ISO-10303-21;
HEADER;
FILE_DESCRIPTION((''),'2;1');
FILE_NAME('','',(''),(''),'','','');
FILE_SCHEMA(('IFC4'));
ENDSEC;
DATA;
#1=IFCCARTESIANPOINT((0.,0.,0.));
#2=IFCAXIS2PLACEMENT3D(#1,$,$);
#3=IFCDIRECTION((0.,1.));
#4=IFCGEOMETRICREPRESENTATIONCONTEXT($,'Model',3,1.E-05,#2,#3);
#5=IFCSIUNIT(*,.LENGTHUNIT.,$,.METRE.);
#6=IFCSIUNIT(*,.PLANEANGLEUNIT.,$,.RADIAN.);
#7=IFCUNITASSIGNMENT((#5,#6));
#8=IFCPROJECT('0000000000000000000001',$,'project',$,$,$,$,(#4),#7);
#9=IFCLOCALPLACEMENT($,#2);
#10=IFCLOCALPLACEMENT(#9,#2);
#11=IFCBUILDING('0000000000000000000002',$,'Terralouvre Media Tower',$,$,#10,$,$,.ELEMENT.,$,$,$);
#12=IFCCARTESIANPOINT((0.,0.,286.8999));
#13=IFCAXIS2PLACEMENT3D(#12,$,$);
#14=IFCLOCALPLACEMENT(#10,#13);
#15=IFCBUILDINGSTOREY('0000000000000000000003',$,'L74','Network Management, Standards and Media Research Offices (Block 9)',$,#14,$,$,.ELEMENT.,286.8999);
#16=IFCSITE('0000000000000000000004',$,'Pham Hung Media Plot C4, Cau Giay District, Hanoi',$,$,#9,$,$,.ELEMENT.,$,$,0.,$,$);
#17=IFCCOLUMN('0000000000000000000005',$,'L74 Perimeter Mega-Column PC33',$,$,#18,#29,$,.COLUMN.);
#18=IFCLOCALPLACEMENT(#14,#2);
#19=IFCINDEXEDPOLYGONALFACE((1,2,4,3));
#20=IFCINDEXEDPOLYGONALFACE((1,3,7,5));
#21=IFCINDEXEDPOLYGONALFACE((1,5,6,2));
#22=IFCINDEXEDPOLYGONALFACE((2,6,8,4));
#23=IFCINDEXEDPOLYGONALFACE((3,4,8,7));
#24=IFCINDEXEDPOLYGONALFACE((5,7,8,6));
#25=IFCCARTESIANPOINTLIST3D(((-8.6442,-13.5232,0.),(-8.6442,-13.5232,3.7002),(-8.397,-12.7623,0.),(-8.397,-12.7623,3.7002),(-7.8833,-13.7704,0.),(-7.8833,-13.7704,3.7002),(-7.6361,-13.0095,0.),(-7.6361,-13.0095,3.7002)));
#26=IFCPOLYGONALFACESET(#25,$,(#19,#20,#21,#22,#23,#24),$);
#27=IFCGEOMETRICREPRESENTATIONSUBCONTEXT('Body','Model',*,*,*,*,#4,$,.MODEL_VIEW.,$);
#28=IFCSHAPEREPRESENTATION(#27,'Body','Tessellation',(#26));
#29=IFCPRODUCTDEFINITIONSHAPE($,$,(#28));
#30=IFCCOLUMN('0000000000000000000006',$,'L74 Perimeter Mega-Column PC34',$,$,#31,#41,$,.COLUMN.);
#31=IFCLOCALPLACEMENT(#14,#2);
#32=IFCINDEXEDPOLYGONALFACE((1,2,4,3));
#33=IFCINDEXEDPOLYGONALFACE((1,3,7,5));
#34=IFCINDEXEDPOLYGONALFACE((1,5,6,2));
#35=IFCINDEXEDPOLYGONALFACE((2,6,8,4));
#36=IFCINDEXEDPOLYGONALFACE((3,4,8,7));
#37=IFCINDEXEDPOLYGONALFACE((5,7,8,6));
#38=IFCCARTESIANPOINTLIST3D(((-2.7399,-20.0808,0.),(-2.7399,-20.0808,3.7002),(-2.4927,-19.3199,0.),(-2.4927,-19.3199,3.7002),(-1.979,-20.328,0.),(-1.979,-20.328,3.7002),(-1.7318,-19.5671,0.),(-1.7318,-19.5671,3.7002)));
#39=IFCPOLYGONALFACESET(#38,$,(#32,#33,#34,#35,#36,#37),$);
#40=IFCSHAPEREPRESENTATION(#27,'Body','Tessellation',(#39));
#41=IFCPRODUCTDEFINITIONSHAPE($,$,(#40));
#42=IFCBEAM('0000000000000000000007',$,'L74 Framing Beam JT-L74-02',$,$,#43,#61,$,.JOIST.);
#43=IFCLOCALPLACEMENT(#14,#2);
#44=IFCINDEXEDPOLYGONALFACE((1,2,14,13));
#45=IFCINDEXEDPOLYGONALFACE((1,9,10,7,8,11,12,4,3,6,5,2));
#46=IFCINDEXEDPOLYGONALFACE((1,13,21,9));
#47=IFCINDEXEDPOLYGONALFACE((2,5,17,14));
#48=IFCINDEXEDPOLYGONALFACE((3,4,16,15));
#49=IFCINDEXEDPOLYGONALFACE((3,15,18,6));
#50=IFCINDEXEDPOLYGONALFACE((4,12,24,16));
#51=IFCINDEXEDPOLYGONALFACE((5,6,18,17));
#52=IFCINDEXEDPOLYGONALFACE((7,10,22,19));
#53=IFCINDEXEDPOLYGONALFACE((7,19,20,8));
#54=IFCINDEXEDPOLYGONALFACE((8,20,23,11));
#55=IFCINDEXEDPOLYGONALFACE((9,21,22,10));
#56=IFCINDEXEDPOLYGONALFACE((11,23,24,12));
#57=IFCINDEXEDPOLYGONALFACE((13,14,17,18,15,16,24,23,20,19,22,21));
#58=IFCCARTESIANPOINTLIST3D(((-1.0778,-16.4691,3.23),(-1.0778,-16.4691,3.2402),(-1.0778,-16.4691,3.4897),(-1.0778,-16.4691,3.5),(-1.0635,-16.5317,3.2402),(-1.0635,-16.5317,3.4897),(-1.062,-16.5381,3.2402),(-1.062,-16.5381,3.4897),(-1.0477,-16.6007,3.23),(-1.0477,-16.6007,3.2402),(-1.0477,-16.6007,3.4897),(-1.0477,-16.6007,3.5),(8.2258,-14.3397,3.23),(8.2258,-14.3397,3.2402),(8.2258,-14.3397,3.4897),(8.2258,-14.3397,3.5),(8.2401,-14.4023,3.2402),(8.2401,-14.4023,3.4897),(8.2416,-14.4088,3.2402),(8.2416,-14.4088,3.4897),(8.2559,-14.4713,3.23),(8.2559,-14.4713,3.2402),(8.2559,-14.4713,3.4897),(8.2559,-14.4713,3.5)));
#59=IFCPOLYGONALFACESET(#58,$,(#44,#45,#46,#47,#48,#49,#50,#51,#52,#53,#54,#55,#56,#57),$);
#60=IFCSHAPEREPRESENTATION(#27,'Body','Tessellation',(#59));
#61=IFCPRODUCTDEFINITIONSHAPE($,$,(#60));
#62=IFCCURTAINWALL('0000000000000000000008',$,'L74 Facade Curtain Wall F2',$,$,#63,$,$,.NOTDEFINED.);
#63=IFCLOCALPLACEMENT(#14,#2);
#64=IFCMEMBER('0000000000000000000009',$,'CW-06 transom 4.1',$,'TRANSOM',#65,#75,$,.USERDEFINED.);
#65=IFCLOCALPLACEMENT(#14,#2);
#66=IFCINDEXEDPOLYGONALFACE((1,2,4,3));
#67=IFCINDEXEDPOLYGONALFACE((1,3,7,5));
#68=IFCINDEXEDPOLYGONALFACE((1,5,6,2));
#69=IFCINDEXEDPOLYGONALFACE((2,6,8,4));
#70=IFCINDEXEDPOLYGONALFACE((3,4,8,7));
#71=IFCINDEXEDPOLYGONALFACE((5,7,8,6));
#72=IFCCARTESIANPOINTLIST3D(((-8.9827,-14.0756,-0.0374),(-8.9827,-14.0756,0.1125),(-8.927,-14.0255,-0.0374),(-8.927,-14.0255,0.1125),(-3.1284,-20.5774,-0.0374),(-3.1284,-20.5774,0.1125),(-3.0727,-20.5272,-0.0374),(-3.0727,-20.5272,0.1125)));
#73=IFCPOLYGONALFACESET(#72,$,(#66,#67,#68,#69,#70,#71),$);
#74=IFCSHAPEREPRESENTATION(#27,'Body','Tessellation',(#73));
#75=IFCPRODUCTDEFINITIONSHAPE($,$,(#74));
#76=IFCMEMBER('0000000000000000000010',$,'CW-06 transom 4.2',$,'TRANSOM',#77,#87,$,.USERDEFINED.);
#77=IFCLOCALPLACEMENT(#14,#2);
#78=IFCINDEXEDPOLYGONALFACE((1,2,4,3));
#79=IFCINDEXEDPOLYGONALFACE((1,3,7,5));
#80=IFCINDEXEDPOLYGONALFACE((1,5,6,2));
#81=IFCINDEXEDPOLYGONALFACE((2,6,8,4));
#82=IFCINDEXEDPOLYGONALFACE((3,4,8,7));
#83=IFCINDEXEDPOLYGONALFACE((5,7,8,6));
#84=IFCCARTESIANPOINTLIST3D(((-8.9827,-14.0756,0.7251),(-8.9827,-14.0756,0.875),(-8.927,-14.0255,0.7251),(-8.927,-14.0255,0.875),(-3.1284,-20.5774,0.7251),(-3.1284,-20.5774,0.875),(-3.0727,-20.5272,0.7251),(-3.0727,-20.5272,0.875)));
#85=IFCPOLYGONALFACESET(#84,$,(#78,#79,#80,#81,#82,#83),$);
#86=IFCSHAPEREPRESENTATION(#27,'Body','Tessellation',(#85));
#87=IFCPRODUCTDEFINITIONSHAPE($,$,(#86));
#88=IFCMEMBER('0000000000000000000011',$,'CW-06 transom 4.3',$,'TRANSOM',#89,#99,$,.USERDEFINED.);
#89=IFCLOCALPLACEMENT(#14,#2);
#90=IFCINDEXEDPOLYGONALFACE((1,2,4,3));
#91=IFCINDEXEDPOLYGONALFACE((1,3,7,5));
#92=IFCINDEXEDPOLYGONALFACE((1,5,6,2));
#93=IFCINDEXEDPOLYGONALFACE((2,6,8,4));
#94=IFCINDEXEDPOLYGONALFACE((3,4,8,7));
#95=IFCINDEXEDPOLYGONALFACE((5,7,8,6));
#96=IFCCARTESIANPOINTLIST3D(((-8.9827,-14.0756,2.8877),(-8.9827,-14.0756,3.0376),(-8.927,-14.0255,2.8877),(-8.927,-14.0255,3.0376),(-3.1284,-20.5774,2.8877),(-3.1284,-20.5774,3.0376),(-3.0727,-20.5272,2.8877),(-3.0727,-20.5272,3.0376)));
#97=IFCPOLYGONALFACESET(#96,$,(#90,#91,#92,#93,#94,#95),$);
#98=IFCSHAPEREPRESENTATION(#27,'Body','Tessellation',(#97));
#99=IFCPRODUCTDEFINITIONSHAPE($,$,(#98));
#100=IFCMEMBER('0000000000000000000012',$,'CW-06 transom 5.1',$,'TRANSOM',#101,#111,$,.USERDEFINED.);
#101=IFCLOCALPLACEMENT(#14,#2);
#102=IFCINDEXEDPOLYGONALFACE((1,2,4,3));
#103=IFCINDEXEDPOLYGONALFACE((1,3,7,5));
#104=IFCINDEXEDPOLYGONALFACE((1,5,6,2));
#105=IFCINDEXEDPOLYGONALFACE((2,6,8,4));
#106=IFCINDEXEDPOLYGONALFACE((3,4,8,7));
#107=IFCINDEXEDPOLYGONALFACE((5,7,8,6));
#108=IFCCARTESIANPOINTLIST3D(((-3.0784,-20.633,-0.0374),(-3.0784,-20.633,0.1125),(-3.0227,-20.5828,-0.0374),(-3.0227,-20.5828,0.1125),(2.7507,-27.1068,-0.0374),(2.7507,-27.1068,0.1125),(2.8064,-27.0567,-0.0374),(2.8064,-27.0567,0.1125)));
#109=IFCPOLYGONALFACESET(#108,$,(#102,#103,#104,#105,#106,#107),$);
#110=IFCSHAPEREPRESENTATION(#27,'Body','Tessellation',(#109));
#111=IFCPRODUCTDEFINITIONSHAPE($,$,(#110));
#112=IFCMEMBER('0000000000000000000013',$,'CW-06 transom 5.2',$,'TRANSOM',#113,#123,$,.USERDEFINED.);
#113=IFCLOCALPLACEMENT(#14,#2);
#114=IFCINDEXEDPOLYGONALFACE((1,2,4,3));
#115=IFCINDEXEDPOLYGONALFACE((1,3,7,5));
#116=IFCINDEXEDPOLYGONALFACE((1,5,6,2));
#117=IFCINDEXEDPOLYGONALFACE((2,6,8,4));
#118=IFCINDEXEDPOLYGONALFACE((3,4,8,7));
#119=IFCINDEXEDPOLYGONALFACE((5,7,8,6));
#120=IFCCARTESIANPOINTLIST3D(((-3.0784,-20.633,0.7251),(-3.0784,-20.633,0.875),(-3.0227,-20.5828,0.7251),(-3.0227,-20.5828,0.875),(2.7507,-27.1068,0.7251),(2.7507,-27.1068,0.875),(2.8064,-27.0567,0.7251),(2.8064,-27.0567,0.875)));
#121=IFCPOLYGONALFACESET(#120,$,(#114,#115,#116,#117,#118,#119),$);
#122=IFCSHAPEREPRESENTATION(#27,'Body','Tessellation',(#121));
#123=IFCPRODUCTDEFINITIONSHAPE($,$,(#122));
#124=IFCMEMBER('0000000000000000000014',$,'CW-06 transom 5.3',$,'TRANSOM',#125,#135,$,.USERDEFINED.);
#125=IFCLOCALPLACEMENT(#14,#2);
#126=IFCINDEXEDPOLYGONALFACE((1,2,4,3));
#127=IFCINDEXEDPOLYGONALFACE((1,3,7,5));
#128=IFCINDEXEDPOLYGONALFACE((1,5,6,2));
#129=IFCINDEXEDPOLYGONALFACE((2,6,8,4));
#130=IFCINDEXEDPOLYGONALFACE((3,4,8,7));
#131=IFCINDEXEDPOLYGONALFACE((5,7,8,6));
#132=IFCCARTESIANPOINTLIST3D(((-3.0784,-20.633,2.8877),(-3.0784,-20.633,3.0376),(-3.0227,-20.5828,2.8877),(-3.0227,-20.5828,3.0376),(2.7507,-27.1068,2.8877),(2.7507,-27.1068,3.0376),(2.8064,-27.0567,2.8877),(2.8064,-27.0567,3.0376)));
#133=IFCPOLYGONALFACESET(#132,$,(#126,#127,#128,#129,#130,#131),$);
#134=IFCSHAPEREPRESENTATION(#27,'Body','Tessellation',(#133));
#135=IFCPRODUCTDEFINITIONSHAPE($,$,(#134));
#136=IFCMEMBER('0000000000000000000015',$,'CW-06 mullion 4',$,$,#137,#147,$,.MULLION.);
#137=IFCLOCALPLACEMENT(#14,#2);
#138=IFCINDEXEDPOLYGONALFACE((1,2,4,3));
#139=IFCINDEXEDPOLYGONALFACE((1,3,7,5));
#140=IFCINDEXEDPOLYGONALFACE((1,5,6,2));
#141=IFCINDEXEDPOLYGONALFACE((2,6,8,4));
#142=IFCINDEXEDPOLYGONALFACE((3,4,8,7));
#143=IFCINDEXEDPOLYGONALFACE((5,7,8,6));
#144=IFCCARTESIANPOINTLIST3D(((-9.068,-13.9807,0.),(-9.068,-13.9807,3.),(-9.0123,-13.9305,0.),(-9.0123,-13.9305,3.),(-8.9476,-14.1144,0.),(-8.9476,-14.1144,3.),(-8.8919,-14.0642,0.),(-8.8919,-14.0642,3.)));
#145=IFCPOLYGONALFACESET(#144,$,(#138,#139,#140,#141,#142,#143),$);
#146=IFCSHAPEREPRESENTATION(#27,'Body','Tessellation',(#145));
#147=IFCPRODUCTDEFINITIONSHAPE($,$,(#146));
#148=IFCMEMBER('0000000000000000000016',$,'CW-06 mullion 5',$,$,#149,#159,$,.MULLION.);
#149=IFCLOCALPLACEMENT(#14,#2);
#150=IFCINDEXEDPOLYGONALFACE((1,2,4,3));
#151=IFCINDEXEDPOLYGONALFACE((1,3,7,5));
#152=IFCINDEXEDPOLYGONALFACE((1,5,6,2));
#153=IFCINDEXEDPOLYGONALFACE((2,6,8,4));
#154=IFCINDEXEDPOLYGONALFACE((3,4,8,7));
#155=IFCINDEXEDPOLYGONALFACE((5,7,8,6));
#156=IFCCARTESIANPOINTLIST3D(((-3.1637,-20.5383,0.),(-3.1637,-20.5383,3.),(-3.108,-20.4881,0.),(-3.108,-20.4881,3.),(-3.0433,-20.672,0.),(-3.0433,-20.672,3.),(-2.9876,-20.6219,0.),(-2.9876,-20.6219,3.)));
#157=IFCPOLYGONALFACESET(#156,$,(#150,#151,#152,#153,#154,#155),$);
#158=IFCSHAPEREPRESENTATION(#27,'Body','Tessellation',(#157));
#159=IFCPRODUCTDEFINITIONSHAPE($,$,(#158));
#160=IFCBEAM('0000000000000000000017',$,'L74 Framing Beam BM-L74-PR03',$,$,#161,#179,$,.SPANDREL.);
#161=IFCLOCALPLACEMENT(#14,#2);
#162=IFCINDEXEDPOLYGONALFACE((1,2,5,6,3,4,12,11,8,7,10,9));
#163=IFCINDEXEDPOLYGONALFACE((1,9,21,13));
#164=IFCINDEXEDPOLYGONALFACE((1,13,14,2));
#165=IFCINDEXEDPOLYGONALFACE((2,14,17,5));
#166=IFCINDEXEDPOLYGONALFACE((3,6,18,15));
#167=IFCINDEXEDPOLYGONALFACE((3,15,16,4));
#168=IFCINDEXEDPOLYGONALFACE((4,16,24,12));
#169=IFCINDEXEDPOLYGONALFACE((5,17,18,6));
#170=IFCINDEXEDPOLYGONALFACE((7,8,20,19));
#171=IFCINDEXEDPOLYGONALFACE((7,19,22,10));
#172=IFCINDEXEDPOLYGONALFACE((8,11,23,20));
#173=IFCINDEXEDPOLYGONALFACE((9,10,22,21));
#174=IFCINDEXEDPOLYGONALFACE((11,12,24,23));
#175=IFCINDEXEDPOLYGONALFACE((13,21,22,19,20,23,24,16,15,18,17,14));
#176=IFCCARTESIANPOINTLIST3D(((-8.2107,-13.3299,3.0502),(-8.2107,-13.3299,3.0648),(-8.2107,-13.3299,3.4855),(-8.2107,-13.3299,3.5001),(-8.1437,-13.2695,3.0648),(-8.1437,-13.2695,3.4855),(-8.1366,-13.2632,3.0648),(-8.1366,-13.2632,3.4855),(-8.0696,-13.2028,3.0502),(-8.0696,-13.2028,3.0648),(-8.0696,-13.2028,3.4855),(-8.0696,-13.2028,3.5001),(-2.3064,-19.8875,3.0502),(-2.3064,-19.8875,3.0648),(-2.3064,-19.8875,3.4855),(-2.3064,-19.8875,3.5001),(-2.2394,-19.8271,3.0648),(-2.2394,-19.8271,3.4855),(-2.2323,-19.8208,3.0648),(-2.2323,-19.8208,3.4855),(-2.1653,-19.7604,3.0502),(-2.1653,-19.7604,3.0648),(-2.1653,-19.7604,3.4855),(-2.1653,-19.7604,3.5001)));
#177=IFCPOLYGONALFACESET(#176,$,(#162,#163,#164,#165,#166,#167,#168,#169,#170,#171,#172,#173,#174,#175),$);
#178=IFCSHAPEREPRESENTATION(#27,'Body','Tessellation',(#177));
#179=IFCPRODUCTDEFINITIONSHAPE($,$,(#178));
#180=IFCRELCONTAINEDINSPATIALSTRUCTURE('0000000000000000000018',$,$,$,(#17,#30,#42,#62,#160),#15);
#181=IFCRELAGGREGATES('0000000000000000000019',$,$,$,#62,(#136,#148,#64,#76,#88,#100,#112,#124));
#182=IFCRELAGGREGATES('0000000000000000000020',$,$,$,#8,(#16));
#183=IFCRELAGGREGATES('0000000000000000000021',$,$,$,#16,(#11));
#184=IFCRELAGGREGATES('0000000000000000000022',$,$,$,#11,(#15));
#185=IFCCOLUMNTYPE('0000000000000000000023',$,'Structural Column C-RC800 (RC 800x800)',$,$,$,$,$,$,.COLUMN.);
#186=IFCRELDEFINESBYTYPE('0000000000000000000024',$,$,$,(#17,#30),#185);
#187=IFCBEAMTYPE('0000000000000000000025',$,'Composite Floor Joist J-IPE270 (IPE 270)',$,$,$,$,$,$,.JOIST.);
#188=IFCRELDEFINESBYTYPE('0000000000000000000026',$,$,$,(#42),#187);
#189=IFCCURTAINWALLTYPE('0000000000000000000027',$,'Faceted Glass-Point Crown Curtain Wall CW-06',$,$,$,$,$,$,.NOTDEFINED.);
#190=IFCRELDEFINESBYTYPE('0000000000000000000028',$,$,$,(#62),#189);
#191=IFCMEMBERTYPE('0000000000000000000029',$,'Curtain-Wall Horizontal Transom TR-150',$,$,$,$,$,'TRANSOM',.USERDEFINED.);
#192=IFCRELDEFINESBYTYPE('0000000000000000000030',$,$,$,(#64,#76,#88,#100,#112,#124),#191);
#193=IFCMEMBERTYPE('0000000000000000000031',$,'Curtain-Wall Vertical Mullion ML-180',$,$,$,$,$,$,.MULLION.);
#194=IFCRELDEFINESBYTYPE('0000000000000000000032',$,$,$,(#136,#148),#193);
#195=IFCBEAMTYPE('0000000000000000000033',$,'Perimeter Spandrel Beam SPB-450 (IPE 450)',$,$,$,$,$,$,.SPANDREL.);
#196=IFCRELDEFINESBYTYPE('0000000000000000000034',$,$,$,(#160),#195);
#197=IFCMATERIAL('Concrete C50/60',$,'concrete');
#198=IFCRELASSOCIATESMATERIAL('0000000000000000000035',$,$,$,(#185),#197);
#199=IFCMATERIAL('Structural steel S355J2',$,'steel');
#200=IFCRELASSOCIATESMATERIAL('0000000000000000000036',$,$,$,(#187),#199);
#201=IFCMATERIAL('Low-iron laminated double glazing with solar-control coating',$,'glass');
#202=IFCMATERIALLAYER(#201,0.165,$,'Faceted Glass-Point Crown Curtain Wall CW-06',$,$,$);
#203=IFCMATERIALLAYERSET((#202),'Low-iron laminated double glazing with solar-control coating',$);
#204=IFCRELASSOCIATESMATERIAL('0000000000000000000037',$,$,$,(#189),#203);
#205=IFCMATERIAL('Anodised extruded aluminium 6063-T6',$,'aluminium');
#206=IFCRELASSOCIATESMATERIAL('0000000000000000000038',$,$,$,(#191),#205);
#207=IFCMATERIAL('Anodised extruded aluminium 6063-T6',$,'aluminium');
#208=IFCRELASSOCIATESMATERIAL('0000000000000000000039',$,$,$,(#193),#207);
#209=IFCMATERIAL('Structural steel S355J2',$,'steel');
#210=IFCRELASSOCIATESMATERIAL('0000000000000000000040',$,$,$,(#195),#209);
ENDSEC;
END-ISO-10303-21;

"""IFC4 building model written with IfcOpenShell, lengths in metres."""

from ifc_helpers import new_model, si_unit, direction, frame, origin, origin_2d, place, context, subcontext, project, spatial, rectangle, i_section, extrude, material, layer, layer_set, material_profile, profile_set, type_object, element, aggregate, save


model = new_model("IFC4")

# Units and contexts
model_context = context("Model", 3, precision=1e-05, world=origin(), true_north=direction((0.0, 1.0)))
body_context = subcontext(model_context, "Body", "Model", "MODEL_VIEW")
ifc_project = project(units=[si_unit("LENGTHUNIT", "METRE"), si_unit("PLANEANGLEUNIT", "RADIAN")], contexts=[model_context])

# Site, building, storey
site_placement = place(None, origin())
site = spatial("IfcSite", under=ifc_project, at=site_placement, Name="Pham Hung Media Plot C4, Cau Giay District, Hanoi", CompositionType="ELEMENT", RefElevation=0.0)
building_placement = place(site_placement, origin())
building = spatial("IfcBuilding", under=site, at=building_placement, Name="Terralouvre Media Tower", CompositionType="ELEMENT")
storey_placement = place(building_placement, frame((0.0, 0.0, 286.8999)))
storey = spatial("IfcBuildingStorey", under=building, at=storey_placement, Name="L74", Description="Network Management, Standards and Media Research Offices (Block 9)", CompositionType="ELEMENT", Elevation=286.8999)

# Columns
ifc_material_1 = material(Name="Concrete C50/60", Category="concrete")
ifc_material_profile_1 = material_profile(ifc_material_1, rectangle(XDim=0.8, YDim=0.8, at=origin_2d()), Name="RC 800x800")
ifc_profile_set_1 = profile_set([ifc_material_profile_1], Name="Concrete C50/60")
column_type = type_object("IfcColumnType", Name="Structural Column C-RC800 (RC 800x800)", PredefinedType="COLUMN", material=ifc_profile_set_1)
for number, where, z_axis, x_axis, name in (
    (1, (-8.1401, -13.2664, 0.0), (0.0, 0.0, 1.0), (0.309017, 0.951057, 0.0), "L74 Perimeter Mega-Column PC33"),
    (2, (-2.2358, -19.824, 0.0), (0.0, 0.0, 1.0), (0.309017, 0.951057, 0.0), "L74 Perimeter Mega-Column PC34"),
):
    element("IfcColumn", number, at=place(storey_placement, frame(where, z_axis=z_axis, x_axis=x_axis)), inside=storey, type_object=column_type, Name=name, PredefinedType="COLUMN", context=body_context, shape_type="SweptSolid", body=[
        extrude(rectangle(XDim=0.8, YDim=0.8, at=origin_2d()), origin(), (0.0, 0.0, 1.0), 3.7002),
    ])

# Beam
ifc_material_2 = material(Name="Structural steel S355J2", Category="steel")
ifc_material_profile_2 = material_profile(ifc_material_2, i_section(OverallWidth=0.135, OverallDepth=0.27, WebThickness=0.0066, FlangeThickness=0.0103, at=origin_2d()), Name="IPE 270")
ifc_profile_set_2 = profile_set([ifc_material_profile_2], Name="Structural steel S355J2")
beam_type_1 = type_object("IfcBeamType", Name="Composite Floor Joist J-IPE270 (IPE 270)", PredefinedType="JOIST", material=ifc_profile_set_2)
beam_1_placement = place(storey_placement, frame((-1.0627, -16.5349, 3.365), z_axis=(0.974794, 0.223107, 0.0), x_axis=(-0.223107, 0.974794, 0.0)))
element("IfcBeam", 3, at=beam_1_placement, inside=storey, type_object=beam_type_1, Name="L74 Framing Beam JT-L74-02", PredefinedType="JOIST", context=body_context, shape_type="SweptSolid", body=[
    extrude(i_section(OverallWidth=0.135, OverallDepth=0.27, WebThickness=0.0066, FlangeThickness=0.0103, at=origin_2d()), origin(), (0.0, 0.0, 1.0), 9.5442),
])

# Curtain wall, members
ifc_material_3 = material(Name="Low-iron laminated double glazing with solar-control coating", Category="glass")
ifc_layer_1 = layer(ifc_material_3, 0.165, Name="Faceted Glass-Point Crown Curtain Wall CW-06")
ifc_layer_set_1 = layer_set([ifc_layer_1], Name="Low-iron laminated double glazing with solar-control coating")
curtain_wall_type = type_object("IfcCurtainWallType", Name="Faceted Glass-Point Crown Curtain Wall CW-06", PredefinedType="NOTDEFINED", material=ifc_layer_set_1)
curtain_wall_placement = place(storey_placement, origin())
curtain_wall = element("IfcCurtainWall", 4, at=curtain_wall_placement, inside=storey, type_object=curtain_wall_type, Name="L74 Facade Curtain Wall F2", PredefinedType="NOTDEFINED")
ifc_material_4 = material(Name="Anodised extruded aluminium 6063-T6", Category="aluminium")
ifc_material_profile_3 = material_profile(ifc_material_4, rectangle(XDim=0.075, YDim=0.1499, at=origin_2d()), Name="ALU 75x150")
ifc_profile_set_3 = profile_set([ifc_material_profile_3], Name="Anodised extruded aluminium 6063-T6")
member_type_1 = type_object("IfcMemberType", Name="Curtain-Wall Horizontal Transom TR-150", ElementType="TRANSOM", PredefinedType="USERDEFINED", material=ifc_profile_set_3)
member_1_placement = place(storey_placement, frame((-8.9548, -14.0505, 0.0376), z_axis=(0.669136, -0.74314, 0.0), x_axis=(0.74314, 0.669136, 0.0)))
member_1 = element("IfcMember", 5, at=member_1_placement, type_object=member_type_1, Name="CW-06 transom 4.1", ObjectType="TRANSOM", PredefinedType="USERDEFINED", context=body_context, shape_type="SweptSolid", body=[
    extrude(rectangle(XDim=0.075, YDim=0.1499, at=origin_2d()), origin(), (0.0, 0.0, 1.0), 8.749),
])
member_2_placement = place(storey_placement, frame((-8.9548, -14.0505, 0.8), z_axis=(0.669136, -0.74314, 0.0), x_axis=(0.74314, 0.669136, 0.0)))
member_2 = element("IfcMember", 6, at=member_2_placement, type_object=member_type_1, Name="CW-06 transom 4.2", ObjectType="TRANSOM", PredefinedType="USERDEFINED", context=body_context, shape_type="SweptSolid", body=[
    extrude(rectangle(XDim=0.075, YDim=0.1499, at=origin_2d()), origin(), (0.0, 0.0, 1.0), 8.749),
])
member_3_placement = place(storey_placement, frame((-8.9548, -14.0505, 2.9626), z_axis=(0.669136, -0.74314, 0.0), x_axis=(0.74314, 0.669136, 0.0)))
member_3 = element("IfcMember", 7, at=member_3_placement, type_object=member_type_1, Name="CW-06 transom 4.3", ObjectType="TRANSOM", PredefinedType="USERDEFINED", context=body_context, shape_type="SweptSolid", body=[
    extrude(rectangle(XDim=0.075, YDim=0.1499, at=origin_2d()), origin(), (0.0, 0.0, 1.0), 8.749),
])
member_4_placement = place(storey_placement, frame((-3.0505, -20.6079, 0.0376), z_axis=(0.66913, -0.743145, 0.0), x_axis=(0.743145, 0.66913, 0.0)))
member_4 = element("IfcMember", 8, at=member_4_placement, type_object=member_type_1, Name="CW-06 transom 5.1", ObjectType="TRANSOM", PredefinedType="USERDEFINED", context=body_context, shape_type="SweptSolid", body=[
    extrude(rectangle(XDim=0.075, YDim=0.1499, at=origin_2d()), origin(), (0.0, 0.0, 1.0), 8.7114),
])
member_5_placement = place(storey_placement, frame((-3.0505, -20.6079, 0.8), z_axis=(0.66913, -0.743145, 0.0), x_axis=(0.743145, 0.66913, 0.0)))
member_5 = element("IfcMember", 9, at=member_5_placement, type_object=member_type_1, Name="CW-06 transom 5.2", ObjectType="TRANSOM", PredefinedType="USERDEFINED", context=body_context, shape_type="SweptSolid", body=[
    extrude(rectangle(XDim=0.075, YDim=0.1499, at=origin_2d()), origin(), (0.0, 0.0, 1.0), 8.7114),
])
member_6_placement = place(storey_placement, frame((-3.0505, -20.6079, 2.9626), z_axis=(0.66913, -0.743145, 0.0), x_axis=(0.743145, 0.66913, 0.0)))
member_6 = element("IfcMember", 10, at=member_6_placement, type_object=member_type_1, Name="CW-06 transom 5.3", ObjectType="TRANSOM", PredefinedType="USERDEFINED", context=body_context, shape_type="SweptSolid", body=[
    extrude(rectangle(XDim=0.075, YDim=0.1499, at=origin_2d()), origin(), (0.0, 0.0, 1.0), 8.7114),
])
ifc_material_5 = material(Name="Anodised extruded aluminium 6063-T6", Category="aluminium")
ifc_material_profile_4 = material_profile(ifc_material_5, rectangle(XDim=0.075, YDim=0.1799, at=origin_2d()), Name="ALU 75x180")
ifc_profile_set_4 = profile_set([ifc_material_profile_4], Name="Anodised extruded aluminium 6063-T6")
member_type_2 = type_object("IfcMemberType", Name="Curtain-Wall Vertical Mullion ML-180", PredefinedType="MULLION", material=ifc_profile_set_4)
member_7_placement = place(storey_placement, frame((-8.98, -14.0225, 0.0), z_axis=(0.0, 0.0, 1.0), x_axis=(0.743145, 0.669131, 0.0)))
member_7 = element("IfcMember", 11, at=member_7_placement, type_object=member_type_2, Name="CW-06 mullion 4", PredefinedType="MULLION", context=body_context, shape_type="SweptSolid", body=[
    extrude(rectangle(XDim=0.075, YDim=0.1799, at=origin_2d()), origin(), (0.0, 0.0, 1.0), 3.0),
])
member_8_placement = place(storey_placement, frame((-3.0757, -20.5801, 0.0), z_axis=(0.0, 0.0, 1.0), x_axis=(0.743145, 0.669131, 0.0)))
member_8 = element("IfcMember", 12, at=member_8_placement, type_object=member_type_2, Name="CW-06 mullion 5", PredefinedType="MULLION", context=body_context, shape_type="SweptSolid", body=[
    extrude(rectangle(XDim=0.075, YDim=0.1799, at=origin_2d()), origin(), (0.0, 0.0, 1.0), 3.0),
])

# Beam
ifc_material_6 = material(Name="Structural steel S355J2", Category="steel")
ifc_material_profile_5 = material_profile(ifc_material_6, i_section(OverallWidth=0.1899, OverallDepth=0.45, WebThickness=0.0095, FlangeThickness=0.0146, at=origin_2d()), Name="IPE 450")
ifc_profile_set_5 = profile_set([ifc_material_profile_5], Name="Structural steel S355J2")
beam_type_2 = type_object("IfcBeamType", Name="Perimeter Spandrel Beam SPB-450 (IPE 450)", PredefinedType="SPANDREL", material=ifc_profile_set_5)
beam_2_placement = place(storey_placement, frame((-8.1401, -13.2664, 3.2751), z_axis=(0.669118, -0.743157, 0.0), x_axis=(0.743157, 0.669118, 0.0)))
element("IfcBeam", 13, at=beam_2_placement, inside=storey, type_object=beam_type_2, Name="L74 Framing Beam BM-L74-PR03", PredefinedType="SPANDREL", context=body_context, shape_type="SweptSolid", body=[
    extrude(i_section(OverallWidth=0.1899, OverallDepth=0.45, WebThickness=0.0095, FlangeThickness=0.0146, at=origin_2d()), origin(), (0.0, 0.0, 1.0), 8.824),
])

aggregate(curtain_wall, [member_7, member_8, member_1, member_2, member_3, member_4, member_5, member_6])

save(model, "model.ifc")
